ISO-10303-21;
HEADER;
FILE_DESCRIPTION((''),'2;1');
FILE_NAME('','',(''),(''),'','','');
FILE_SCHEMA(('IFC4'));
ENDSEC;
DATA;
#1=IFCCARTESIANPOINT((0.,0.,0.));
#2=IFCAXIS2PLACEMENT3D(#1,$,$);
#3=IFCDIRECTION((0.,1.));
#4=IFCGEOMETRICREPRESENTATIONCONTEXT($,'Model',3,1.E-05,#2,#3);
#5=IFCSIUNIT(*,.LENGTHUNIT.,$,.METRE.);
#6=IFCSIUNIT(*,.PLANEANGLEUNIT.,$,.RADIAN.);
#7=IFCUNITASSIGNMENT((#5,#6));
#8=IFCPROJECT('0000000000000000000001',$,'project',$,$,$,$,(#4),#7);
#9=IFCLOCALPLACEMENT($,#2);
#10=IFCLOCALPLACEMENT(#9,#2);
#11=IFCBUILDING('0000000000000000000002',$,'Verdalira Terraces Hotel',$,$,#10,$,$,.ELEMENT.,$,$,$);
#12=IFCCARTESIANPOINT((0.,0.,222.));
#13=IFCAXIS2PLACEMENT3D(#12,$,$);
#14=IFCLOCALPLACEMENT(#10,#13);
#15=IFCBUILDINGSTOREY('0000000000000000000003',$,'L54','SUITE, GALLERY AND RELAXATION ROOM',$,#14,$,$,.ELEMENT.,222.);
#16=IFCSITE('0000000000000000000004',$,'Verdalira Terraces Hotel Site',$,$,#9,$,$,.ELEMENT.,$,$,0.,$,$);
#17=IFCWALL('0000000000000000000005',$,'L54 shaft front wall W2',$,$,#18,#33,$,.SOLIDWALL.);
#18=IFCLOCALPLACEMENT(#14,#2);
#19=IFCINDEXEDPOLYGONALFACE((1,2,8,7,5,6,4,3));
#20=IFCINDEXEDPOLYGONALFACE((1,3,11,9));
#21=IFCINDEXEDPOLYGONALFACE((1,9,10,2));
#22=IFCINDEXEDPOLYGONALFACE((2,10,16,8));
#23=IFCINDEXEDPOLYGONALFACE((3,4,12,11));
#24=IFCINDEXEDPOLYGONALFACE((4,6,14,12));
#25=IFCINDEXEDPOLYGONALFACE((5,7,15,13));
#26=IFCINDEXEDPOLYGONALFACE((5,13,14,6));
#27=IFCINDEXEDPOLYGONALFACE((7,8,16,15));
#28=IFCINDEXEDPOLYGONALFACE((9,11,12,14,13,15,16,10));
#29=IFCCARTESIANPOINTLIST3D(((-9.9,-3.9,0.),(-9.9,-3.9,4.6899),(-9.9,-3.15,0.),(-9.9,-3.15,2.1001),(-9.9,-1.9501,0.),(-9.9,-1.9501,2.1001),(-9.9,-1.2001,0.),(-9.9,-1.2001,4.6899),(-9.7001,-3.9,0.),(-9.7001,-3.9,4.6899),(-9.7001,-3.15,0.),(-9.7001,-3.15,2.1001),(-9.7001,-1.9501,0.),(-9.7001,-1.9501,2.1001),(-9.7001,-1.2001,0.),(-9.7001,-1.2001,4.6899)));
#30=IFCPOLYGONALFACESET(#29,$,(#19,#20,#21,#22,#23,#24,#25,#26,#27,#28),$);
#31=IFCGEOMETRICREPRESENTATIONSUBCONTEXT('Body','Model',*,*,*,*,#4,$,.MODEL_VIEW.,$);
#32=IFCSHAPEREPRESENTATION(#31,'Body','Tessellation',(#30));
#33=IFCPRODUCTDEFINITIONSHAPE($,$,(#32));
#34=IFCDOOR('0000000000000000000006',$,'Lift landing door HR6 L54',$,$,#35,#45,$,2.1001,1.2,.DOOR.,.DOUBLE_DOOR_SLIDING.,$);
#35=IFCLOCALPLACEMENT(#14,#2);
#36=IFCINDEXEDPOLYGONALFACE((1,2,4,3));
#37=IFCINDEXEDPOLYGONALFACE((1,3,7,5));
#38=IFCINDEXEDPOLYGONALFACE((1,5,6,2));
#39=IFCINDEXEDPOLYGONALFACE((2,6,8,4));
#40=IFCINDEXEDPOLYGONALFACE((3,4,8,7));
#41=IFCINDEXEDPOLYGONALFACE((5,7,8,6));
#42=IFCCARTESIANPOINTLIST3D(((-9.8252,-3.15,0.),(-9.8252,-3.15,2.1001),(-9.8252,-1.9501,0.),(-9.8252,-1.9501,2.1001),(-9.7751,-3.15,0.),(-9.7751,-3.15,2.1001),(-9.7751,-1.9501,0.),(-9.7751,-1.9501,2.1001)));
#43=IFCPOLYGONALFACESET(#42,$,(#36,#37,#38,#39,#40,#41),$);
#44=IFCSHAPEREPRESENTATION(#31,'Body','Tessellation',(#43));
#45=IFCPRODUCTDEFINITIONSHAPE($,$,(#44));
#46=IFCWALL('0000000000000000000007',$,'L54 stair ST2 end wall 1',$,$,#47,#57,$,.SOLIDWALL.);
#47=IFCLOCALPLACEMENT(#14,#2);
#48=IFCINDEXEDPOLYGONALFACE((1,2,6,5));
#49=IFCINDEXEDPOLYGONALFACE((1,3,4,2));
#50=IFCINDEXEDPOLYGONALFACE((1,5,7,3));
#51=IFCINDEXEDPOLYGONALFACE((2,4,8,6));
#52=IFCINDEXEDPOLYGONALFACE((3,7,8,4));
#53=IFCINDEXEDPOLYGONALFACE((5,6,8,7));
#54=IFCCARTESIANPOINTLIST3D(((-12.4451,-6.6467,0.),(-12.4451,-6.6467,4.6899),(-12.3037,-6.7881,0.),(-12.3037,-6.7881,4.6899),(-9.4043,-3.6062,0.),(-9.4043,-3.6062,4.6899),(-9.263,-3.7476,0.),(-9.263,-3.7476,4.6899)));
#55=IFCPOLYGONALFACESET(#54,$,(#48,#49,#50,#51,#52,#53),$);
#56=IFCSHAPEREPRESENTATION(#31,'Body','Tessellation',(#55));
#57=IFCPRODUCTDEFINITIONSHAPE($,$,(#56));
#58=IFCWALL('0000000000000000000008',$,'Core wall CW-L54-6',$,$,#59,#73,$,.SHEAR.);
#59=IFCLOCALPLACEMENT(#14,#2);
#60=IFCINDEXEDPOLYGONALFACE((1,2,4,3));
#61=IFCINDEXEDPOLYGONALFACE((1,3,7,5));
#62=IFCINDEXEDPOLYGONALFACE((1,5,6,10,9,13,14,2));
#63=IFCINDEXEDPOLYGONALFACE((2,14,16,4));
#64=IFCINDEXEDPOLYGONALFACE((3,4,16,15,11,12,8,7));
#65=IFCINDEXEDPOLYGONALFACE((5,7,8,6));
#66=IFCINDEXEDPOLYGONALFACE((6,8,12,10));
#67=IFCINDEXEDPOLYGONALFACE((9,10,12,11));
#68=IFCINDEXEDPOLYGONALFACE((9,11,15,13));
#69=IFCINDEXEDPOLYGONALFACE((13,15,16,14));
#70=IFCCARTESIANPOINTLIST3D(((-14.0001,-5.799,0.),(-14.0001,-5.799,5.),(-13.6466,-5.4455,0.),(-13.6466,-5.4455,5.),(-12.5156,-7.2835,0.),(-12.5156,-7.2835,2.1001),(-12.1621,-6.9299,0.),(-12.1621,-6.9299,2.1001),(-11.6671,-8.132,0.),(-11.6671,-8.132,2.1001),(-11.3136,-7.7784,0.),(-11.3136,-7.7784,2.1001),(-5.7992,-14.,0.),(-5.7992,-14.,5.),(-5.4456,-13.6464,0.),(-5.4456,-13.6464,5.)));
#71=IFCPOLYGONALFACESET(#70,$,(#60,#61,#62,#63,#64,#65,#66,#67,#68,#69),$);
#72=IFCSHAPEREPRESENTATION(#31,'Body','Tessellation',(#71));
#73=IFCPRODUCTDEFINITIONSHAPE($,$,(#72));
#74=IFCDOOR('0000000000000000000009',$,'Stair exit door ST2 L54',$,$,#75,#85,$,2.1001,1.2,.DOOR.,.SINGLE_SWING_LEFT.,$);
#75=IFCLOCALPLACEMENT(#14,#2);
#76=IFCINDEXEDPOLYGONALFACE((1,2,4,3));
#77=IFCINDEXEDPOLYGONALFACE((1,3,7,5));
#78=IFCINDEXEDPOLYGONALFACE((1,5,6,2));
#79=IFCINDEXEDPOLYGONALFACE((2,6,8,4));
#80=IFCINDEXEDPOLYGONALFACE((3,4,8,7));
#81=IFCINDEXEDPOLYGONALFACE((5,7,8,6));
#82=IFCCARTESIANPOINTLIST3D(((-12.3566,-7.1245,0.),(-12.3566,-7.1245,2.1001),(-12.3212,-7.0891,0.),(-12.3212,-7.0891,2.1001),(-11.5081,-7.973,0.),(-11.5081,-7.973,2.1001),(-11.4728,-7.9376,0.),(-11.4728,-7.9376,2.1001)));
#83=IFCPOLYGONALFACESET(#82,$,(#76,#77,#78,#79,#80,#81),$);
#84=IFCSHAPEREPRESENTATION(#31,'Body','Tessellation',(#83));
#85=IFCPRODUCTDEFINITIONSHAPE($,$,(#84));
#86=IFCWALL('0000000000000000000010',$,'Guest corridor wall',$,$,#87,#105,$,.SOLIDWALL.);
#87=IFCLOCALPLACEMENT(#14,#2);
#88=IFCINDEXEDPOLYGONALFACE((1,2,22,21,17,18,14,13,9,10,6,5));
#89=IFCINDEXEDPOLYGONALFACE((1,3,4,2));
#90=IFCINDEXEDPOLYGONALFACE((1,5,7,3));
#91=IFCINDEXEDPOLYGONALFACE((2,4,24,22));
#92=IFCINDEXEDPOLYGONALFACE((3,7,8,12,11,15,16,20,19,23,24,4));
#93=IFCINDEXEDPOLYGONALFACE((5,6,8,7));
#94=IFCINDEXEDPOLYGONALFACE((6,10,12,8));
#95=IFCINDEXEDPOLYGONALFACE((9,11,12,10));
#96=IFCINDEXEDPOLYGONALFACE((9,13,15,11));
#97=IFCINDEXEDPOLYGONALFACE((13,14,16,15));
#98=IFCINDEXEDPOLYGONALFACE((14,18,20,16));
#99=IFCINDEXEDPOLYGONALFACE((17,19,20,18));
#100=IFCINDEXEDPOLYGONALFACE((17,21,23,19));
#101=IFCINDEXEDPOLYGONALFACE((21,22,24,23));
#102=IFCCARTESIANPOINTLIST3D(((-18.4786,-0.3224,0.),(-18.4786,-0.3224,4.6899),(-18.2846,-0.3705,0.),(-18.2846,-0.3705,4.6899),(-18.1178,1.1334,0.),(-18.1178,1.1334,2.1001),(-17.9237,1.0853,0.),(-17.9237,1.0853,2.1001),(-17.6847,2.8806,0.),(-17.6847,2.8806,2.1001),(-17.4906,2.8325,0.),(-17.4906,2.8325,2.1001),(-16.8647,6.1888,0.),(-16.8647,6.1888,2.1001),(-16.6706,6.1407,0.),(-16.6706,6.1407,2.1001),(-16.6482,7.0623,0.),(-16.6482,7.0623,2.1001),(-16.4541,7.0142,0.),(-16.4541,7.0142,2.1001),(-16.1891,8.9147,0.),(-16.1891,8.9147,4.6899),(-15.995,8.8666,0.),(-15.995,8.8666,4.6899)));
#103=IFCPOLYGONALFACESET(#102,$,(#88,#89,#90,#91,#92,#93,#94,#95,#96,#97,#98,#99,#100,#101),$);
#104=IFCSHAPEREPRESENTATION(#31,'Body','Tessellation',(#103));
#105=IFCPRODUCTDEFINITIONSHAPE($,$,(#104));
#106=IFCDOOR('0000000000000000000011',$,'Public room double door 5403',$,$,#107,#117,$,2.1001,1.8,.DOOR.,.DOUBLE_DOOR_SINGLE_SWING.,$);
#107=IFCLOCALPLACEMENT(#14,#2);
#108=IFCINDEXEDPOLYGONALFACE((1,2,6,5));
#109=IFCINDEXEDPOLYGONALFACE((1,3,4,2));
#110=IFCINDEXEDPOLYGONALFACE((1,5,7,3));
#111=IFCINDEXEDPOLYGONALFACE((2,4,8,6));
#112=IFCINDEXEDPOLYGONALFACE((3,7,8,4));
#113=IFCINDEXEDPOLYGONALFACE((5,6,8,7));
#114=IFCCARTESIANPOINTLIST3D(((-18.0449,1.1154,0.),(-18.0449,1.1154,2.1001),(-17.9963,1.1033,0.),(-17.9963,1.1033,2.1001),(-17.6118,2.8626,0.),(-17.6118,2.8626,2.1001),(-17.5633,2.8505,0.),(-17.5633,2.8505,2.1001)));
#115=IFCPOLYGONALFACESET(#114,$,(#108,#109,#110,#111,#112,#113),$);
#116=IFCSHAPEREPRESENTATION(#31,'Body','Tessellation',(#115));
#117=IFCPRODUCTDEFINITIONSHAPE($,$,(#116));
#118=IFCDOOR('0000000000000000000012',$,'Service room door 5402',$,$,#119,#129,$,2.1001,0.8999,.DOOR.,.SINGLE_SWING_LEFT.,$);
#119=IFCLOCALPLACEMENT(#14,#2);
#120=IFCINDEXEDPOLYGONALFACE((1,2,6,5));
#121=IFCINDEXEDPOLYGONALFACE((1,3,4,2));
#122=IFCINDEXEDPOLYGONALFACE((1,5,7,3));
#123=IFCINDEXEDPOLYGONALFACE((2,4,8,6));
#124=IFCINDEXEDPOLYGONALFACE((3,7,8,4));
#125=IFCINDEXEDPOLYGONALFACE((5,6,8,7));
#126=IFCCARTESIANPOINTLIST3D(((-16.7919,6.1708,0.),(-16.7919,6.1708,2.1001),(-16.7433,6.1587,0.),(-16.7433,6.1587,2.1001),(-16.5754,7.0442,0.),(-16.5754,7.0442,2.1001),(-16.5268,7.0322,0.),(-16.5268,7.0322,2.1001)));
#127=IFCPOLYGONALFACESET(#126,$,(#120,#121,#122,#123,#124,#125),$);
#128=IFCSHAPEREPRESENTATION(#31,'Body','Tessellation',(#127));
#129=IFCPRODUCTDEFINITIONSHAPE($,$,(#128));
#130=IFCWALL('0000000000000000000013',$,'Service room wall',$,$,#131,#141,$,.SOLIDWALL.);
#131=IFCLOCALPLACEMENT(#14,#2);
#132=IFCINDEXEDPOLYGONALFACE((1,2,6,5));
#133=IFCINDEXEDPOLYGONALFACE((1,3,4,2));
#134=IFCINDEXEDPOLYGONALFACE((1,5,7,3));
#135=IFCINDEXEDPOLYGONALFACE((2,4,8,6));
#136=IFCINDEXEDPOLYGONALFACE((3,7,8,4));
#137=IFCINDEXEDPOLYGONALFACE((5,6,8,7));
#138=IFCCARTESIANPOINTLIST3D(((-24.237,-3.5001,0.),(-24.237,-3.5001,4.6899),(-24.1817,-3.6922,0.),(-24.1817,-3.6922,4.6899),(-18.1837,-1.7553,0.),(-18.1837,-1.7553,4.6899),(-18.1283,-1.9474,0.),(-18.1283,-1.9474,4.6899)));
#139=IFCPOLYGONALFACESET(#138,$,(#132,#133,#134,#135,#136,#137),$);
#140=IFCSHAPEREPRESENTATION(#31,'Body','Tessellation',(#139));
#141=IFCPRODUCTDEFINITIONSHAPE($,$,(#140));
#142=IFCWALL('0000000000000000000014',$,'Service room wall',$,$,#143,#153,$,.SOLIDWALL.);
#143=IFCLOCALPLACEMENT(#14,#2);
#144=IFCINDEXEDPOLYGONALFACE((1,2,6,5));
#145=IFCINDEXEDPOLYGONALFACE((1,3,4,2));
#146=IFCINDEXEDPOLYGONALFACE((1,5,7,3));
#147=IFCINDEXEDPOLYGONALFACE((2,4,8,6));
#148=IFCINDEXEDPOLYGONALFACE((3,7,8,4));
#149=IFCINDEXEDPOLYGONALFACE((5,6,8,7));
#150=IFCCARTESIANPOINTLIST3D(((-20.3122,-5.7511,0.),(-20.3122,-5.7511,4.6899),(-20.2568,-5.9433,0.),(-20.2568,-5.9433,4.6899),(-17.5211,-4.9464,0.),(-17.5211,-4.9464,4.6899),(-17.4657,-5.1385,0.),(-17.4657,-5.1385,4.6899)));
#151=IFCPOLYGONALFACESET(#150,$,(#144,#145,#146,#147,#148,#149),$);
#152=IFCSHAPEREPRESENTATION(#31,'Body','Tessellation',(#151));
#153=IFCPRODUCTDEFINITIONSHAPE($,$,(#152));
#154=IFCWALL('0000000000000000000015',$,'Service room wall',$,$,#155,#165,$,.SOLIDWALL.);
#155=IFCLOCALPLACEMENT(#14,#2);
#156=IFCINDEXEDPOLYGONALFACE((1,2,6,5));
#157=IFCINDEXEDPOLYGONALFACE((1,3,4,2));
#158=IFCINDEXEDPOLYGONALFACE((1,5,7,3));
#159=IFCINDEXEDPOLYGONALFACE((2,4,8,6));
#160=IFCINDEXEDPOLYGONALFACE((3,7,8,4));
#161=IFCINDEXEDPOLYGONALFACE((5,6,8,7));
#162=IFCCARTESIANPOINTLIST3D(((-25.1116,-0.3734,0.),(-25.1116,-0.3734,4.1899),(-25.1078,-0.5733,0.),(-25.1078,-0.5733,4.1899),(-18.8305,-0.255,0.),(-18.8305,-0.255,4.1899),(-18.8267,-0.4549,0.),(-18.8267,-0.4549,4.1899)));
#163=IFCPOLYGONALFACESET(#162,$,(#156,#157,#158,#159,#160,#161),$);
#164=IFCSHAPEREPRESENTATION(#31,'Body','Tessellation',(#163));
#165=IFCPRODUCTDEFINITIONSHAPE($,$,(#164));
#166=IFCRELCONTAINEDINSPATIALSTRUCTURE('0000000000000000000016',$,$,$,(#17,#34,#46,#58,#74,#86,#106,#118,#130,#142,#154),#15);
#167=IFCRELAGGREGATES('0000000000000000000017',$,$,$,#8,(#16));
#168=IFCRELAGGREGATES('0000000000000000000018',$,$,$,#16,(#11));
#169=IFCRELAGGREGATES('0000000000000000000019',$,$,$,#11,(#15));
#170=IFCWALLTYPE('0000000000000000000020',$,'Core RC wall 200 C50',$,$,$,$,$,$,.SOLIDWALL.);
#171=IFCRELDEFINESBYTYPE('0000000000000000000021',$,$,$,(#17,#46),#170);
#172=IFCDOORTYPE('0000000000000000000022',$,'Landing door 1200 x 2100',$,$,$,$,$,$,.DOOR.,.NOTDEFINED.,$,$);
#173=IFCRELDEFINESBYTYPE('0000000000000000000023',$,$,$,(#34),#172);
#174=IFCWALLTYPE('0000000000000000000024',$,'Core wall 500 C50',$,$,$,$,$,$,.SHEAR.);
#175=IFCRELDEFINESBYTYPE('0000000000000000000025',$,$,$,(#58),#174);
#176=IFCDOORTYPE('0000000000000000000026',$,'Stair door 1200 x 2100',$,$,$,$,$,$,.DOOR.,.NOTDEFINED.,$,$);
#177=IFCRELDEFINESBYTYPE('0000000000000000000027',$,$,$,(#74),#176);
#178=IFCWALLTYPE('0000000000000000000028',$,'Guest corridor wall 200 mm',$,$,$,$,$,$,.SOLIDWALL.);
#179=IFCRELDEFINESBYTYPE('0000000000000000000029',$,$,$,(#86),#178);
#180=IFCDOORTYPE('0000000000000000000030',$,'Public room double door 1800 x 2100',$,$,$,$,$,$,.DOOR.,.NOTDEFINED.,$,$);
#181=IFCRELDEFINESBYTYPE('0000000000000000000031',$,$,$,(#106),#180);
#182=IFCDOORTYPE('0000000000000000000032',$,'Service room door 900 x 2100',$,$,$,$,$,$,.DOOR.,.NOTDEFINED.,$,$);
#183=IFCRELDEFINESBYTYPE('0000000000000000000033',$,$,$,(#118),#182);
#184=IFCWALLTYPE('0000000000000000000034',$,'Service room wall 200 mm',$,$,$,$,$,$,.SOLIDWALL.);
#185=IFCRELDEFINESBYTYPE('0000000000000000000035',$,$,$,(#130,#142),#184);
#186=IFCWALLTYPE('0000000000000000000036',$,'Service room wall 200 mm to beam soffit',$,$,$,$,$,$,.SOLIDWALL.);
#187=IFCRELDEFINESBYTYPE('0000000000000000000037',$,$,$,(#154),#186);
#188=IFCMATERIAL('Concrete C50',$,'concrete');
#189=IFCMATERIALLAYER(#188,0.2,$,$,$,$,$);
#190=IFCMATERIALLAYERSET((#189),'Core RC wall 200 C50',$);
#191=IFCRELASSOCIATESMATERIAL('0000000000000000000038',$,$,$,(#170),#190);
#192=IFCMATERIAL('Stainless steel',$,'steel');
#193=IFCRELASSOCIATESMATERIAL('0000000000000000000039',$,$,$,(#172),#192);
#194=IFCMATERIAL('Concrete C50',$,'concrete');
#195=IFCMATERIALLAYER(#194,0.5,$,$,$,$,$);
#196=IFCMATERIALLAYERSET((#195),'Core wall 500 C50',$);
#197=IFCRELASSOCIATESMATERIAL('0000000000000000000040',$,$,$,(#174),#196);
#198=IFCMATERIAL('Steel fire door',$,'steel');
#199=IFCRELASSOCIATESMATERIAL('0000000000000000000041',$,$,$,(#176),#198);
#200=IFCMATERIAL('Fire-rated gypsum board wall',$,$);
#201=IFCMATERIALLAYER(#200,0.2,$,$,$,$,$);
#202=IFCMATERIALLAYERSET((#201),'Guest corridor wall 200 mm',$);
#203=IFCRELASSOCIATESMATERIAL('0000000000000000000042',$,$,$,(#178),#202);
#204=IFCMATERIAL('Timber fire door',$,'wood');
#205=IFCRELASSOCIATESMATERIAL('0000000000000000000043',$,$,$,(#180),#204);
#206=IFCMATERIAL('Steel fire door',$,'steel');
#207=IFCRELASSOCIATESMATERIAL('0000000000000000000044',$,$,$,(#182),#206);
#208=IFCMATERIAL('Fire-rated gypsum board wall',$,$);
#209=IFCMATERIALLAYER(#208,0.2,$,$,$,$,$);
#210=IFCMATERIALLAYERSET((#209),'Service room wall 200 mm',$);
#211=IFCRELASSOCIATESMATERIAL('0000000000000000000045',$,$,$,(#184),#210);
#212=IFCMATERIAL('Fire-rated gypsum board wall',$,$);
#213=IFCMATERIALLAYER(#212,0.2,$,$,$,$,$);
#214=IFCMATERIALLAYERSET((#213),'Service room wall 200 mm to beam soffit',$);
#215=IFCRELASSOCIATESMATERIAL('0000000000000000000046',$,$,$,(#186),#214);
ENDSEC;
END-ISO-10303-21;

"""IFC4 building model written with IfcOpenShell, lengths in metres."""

from ifc_helpers import new_model, si_unit, direction, frame, frame_2d, origin, place, context, subcontext, project, spatial, rectangle, extrude, material, layer, layer_set, type_object, element, fill, save


model = new_model("IFC4")

# Units and contexts
model_context = context("Model", 3, precision=1e-05, world=origin(), true_north=direction((0.0, 1.0)))
body_context = subcontext(model_context, "Body", "Model", "MODEL_VIEW")
ifc_project = project(units=[si_unit("LENGTHUNIT", "METRE"), si_unit("PLANEANGLEUNIT", "RADIAN")], contexts=[model_context])

# Site, building, storey
site_placement = place(None, origin())
site = spatial("IfcSite", under=ifc_project, at=site_placement, Name="Verdalira Terraces Hotel Site", CompositionType="ELEMENT", RefElevation=0.0)
building_placement = place(site_placement, origin())
building = spatial("IfcBuilding", under=site, at=building_placement, Name="Verdalira Terraces Hotel", CompositionType="ELEMENT")
storey_placement = place(building_placement, frame((0.0, 0.0, 222.0)))
storey = spatial("IfcBuildingStorey", under=building, at=storey_placement, Name="L54", Description="SUITE, GALLERY AND RELAXATION ROOM", CompositionType="ELEMENT", Elevation=222.0)

# Wall, opening, door
ifc_material_1 = material(Name="Concrete C50", Category="concrete")
ifc_layer_1 = layer(ifc_material_1, 0.2)
ifc_layer_set_1 = layer_set([ifc_layer_1], Name="Core RC wall 200 C50")
wall_type_1 = type_object("IfcWallType", Name="Core RC wall 200 C50", PredefinedType="SOLIDWALL", material=ifc_layer_set_1)
wall_1_placement = place(storey_placement, frame((-9.8, -1.2, 0.0), z_axis=(0.0, 0.0, 1.0), x_axis=(0.0, -1.0, 0.0)))
wall_1 = element("IfcWall", 1, at=wall_1_placement, inside=storey, type_object=wall_type_1, Name="L54 shaft front wall W2", PredefinedType="SOLIDWALL", context=body_context, shape_type="SweptSolid", body=[
    extrude(rectangle(XDim=2.7, YDim=0.2, at=frame_2d((1.3501, 0.0))), origin(), (0.0, 0.0, 1.0), 4.6899),
])
opening_1_placement = place(wall_1_placement, frame((0.75, 0.0, 0.0)))
opening_1 = element("IfcOpeningElement", 2, at=opening_1_placement, cuts=wall_1, PredefinedType="OPENING", context=body_context, shape_type="SweptSolid", body=[
    extrude(rectangle(XDim=1.2, YDim=2.1001, at=frame_2d((0.6001, 1.05))), frame((0.0, 0.1099, 0.0), z_axis=(0.0, -1.0, 0.0), x_axis=(1.0, 0.0, 0.0)), (0.0, 0.0, 1.0), 0.22),
])
ifc_material_2 = material(Name="Stainless steel", Category="steel")
door_type_1 = type_object("IfcDoorType", Name="Landing door 1200 x 2100", OperationType="NOTDEFINED", PredefinedType="DOOR", material=ifc_material_2)
door_1_placement = place(opening_1_placement, origin())
door_1 = element("IfcDoor", 3, at=door_1_placement, inside=storey, type_object=door_type_1, Name="Lift landing door HR6 L54", OperationType="DOUBLE_DOOR_SLIDING", OverallHeight=2.1001, OverallWidth=1.2, PredefinedType="DOOR", context=body_context, shape_type="SweptSolid", body=[
    extrude(rectangle(XDim=1.2, YDim=2.1001, at=frame_2d((0.6001, 1.05))), frame((0.0, 0.0249, 0.0), z_axis=(0.0, -1.0, 0.0), x_axis=(1.0, 0.0, 0.0)), (0.0, 0.0, 1.0), 0.05),
])
fill(opening_1, door_1)

# Wall
wall_2_placement = place(storey_placement, frame((-9.3337, -3.677, 0.0), z_axis=(0.0, 0.0, 1.0), x_axis=(-0.707135, -0.707078, 0.0)))
element("IfcWall", 4, at=wall_2_placement, inside=storey, type_object=wall_type_1, Name="L54 stair ST2 end wall 1", PredefinedType="SOLIDWALL", context=body_context, shape_type="SweptSolid", body=[
    extrude(rectangle(XDim=4.3, YDim=0.2, at=frame_2d((2.1499, 0.0))), origin(), (0.0, 0.0, 1.0), 4.6899),
])

# Wall, opening, door
ifc_material_3 = material(Name="Concrete C50", Category="concrete")
ifc_layer_2 = layer(ifc_material_3, 0.5)
ifc_layer_set_2 = layer_set([ifc_layer_2], Name="Core wall 500 C50")
wall_type_2 = type_object("IfcWallType", Name="Core wall 500 C50", PredefinedType="SHEAR", material=ifc_layer_set_2)
wall_3_placement = place(storey_placement, frame((-13.8232, -5.6223, 0.0), z_axis=(0.0, 0.0, 1.0), x_axis=(0.707107, -0.707107, 0.0)))
wall_3 = element("IfcWall", 5, at=wall_3_placement, inside=storey, type_object=wall_type_2, Name="Core wall CW-L54-6", PredefinedType="SHEAR", context=body_context, shape_type="SweptSolid", body=[
    extrude(rectangle(XDim=11.5979, YDim=0.5, at=frame_2d((5.7988, 0.0))), origin(), (0.0, 0.0, 1.0), 5.0),
])
opening_2_placement = place(wall_3_placement, frame((2.0991, 0.0, 0.0)))
opening_2 = element("IfcOpeningElement", 6, at=opening_2_placement, cuts=wall_3, PredefinedType="OPENING", context=body_context, shape_type="SweptSolid", body=[
    extrude(rectangle(XDim=1.2, YDim=2.1001, at=frame_2d((0.6001, 1.05))), frame((0.0, 0.26, 0.0), z_axis=(0.0, -1.0, 0.0), x_axis=(1.0, 0.0, 0.0)), (0.0, 0.0, 1.0), 0.52),
])
ifc_material_4 = material(Name="Steel fire door", Category="steel")
door_type_2 = type_object("IfcDoorType", Name="Stair door 1200 x 2100", OperationType="NOTDEFINED", PredefinedType="DOOR", material=ifc_material_4)
door_2_placement = place(opening_2_placement, origin())
door_2 = element("IfcDoor", 7, at=door_2_placement, inside=storey, type_object=door_type_2, Name="Stair exit door ST2 L54", OperationType="SINGLE_SWING_LEFT", OverallHeight=2.1001, OverallWidth=1.2, PredefinedType="DOOR", context=body_context, shape_type="SweptSolid", body=[
    extrude(rectangle(XDim=1.2, YDim=2.1001, at=frame_2d((0.6001, 1.05))), frame((0.0, 0.0249, 0.0), z_axis=(0.0, -1.0, 0.0), x_axis=(1.0, 0.0, 0.0)), (0.0, 0.0, 1.0), 0.05),
])
fill(opening_2, door_2)

# Wall, openings, doors
ifc_material_5 = material(Name="Fire-rated gypsum board wall")
ifc_layer_3 = layer(ifc_material_5, 0.2)
ifc_layer_set_3 = layer_set([ifc_layer_3], Name="Guest corridor wall 200 mm")
wall_type_3 = type_object("IfcWallType", Name="Guest corridor wall 200 mm", PredefinedType="SOLIDWALL", material=ifc_layer_set_3)
wall_4_placement = place(storey_placement, frame((-18.3816, -0.3464, 0.0), z_axis=(0.0, 0.0, 1.0), x_axis=(0.240585, 0.970628, 0.0)))
wall_4 = element("IfcWall", 8, at=wall_4_placement, inside=storey, type_object=wall_type_3, Name="Guest corridor wall", PredefinedType="SOLIDWALL", context=body_context, shape_type="SweptSolid", body=[
    extrude(rectangle(XDim=9.5166, YDim=0.2, at=frame_2d((4.7583, 0.0))), origin(), (0.0, 0.0, 1.0), 4.6899),
])
opening_3_placement = place(wall_4_placement, frame((6.7083, 0.0, 0.0)))
opening_3 = element("IfcOpeningElement", 9, at=opening_3_placement, cuts=wall_4, PredefinedType="OPENING", context=body_context, shape_type="SweptSolid", body=[
    extrude(rectangle(XDim=0.8999, YDim=2.1001, at=frame_2d((0.45, 1.05))), frame((0.0, 0.1099, 0.0), z_axis=(0.0, -1.0, 0.0), x_axis=(1.0, 0.0, 0.0)), (0.0, 0.0, 1.0), 0.22),
])
opening_4_placement = place(wall_4_placement, frame((1.5, 0.0, 0.0)))
opening_4 = element("IfcOpeningElement", 10, at=opening_4_placement, cuts=wall_4, PredefinedType="OPENING", context=body_context, shape_type="SweptSolid", body=[
    extrude(rectangle(XDim=1.8, YDim=2.1001, at=frame_2d((0.8999, 1.05))), frame((0.0, 0.1099, 0.0), z_axis=(0.0, -1.0, 0.0), x_axis=(1.0, 0.0, 0.0)), (0.0, 0.0, 1.0), 0.22),
])
ifc_material_6 = material(Name="Timber fire door", Category="wood")
door_type_3 = type_object("IfcDoorType", Name="Public room double door 1800 x 2100", OperationType="NOTDEFINED", PredefinedType="DOOR", material=ifc_material_6)
door_3_placement = place(opening_4_placement, origin())
door_3 = element("IfcDoor", 11, at=door_3_placement, inside=storey, type_object=door_type_3, Name="Public room double door 5403", OperationType="DOUBLE_DOOR_SINGLE_SWING", OverallHeight=2.1001, OverallWidth=1.8, PredefinedType="DOOR", context=body_context, shape_type="SweptSolid", body=[
    extrude(rectangle(XDim=1.8, YDim=2.1001, at=frame_2d((0.8999, 1.05))), frame((0.0, 0.0249, 0.0), z_axis=(0.0, -1.0, 0.0), x_axis=(1.0, 0.0, 0.0)), (0.0, 0.0, 1.0), 0.05),
])
fill(opening_4, door_3)
ifc_material_7 = material(Name="Steel fire door", Category="steel")
door_type_4 = type_object("IfcDoorType", Name="Service room door 900 x 2100", OperationType="NOTDEFINED", PredefinedType="DOOR", material=ifc_material_7)
door_4_placement = place(opening_3_placement, origin())
door_4 = element("IfcDoor", 12, at=door_4_placement, inside=storey, type_object=door_type_4, Name="Service room door 5402", OperationType="SINGLE_SWING_LEFT", OverallHeight=2.1001, OverallWidth=0.8999, PredefinedType="DOOR", context=body_context, shape_type="SweptSolid", body=[
    extrude(rectangle(XDim=0.8999, YDim=2.1001, at=frame_2d((0.45, 1.05))), frame((0.0, 0.0249, 0.0), z_axis=(0.0, -1.0, 0.0), x_axis=(1.0, 0.0, 0.0)), (0.0, 0.0, 1.0), 0.05),
])
fill(opening_3, door_4)

# Walls
ifc_material_8 = material(Name="Fire-rated gypsum board wall")
ifc_layer_4 = layer(ifc_material_8, 0.2)
ifc_layer_set_4 = layer_set([ifc_layer_4], Name="Service room wall 200 mm")
wall_type_4 = type_object("IfcWallType", Name="Service room wall 200 mm", PredefinedType="SOLIDWALL", material=ifc_layer_set_4)
wall_5_placement = place(storey_placement, frame((-18.156, -1.8513, 0.0), z_axis=(0.0, 0.0, 1.0), x_axis=(-0.960879, -0.276967, 0.0)))
element("IfcWall", 13, at=wall_5_placement, inside=storey, type_object=wall_type_4, Name="Service room wall", PredefinedType="SOLIDWALL", context=body_context, shape_type="SweptSolid", body=[
    extrude(rectangle(XDim=6.2998, YDim=0.2, at=frame_2d((3.1499, 0.0))), origin(), (0.0, 0.0, 1.0), 4.6899),
])
wall_6_placement = place(storey_placement, frame((-17.4934, -5.0425, 0.0), z_axis=(0.0, 0.0, 1.0), x_axis=(-0.960861, -0.277029, 0.0)))
element("IfcWall", 14, at=wall_6_placement, inside=storey, type_object=wall_type_4, Name="Service room wall", PredefinedType="SOLIDWALL", context=body_context, shape_type="SweptSolid", body=[
    extrude(rectangle(XDim=2.9048, YDim=0.2, at=frame_2d((1.4524, 0.0))), origin(), (0.0, 0.0, 1.0), 4.6899),
])
ifc_material_9 = material(Name="Fire-rated gypsum board wall")
ifc_layer_5 = layer(ifc_material_9, 0.2)
ifc_layer_set_5 = layer_set([ifc_layer_5], Name="Service room wall 200 mm to beam soffit")
wall_type_5 = type_object("IfcWallType", Name="Service room wall 200 mm to beam soffit", PredefinedType="SOLIDWALL", material=ifc_layer_set_5)
wall_7_placement = place(storey_placement, frame((-18.8286, -0.355, 0.0), z_axis=(0.0, 0.0, 1.0), x_axis=(-0.999822, -0.018848, 0.0)))
element("IfcWall", 15, at=wall_7_placement, inside=storey, type_object=wall_type_5, Name="Service room wall", PredefinedType="SOLIDWALL", context=body_context, shape_type="SweptSolid", body=[
    extrude(rectangle(XDim=6.2822, YDim=0.2, at=frame_2d((3.1411, 0.0))), origin(), (0.0, 0.0, 1.0), 4.1899),
])

save(model, "model.ifc")
